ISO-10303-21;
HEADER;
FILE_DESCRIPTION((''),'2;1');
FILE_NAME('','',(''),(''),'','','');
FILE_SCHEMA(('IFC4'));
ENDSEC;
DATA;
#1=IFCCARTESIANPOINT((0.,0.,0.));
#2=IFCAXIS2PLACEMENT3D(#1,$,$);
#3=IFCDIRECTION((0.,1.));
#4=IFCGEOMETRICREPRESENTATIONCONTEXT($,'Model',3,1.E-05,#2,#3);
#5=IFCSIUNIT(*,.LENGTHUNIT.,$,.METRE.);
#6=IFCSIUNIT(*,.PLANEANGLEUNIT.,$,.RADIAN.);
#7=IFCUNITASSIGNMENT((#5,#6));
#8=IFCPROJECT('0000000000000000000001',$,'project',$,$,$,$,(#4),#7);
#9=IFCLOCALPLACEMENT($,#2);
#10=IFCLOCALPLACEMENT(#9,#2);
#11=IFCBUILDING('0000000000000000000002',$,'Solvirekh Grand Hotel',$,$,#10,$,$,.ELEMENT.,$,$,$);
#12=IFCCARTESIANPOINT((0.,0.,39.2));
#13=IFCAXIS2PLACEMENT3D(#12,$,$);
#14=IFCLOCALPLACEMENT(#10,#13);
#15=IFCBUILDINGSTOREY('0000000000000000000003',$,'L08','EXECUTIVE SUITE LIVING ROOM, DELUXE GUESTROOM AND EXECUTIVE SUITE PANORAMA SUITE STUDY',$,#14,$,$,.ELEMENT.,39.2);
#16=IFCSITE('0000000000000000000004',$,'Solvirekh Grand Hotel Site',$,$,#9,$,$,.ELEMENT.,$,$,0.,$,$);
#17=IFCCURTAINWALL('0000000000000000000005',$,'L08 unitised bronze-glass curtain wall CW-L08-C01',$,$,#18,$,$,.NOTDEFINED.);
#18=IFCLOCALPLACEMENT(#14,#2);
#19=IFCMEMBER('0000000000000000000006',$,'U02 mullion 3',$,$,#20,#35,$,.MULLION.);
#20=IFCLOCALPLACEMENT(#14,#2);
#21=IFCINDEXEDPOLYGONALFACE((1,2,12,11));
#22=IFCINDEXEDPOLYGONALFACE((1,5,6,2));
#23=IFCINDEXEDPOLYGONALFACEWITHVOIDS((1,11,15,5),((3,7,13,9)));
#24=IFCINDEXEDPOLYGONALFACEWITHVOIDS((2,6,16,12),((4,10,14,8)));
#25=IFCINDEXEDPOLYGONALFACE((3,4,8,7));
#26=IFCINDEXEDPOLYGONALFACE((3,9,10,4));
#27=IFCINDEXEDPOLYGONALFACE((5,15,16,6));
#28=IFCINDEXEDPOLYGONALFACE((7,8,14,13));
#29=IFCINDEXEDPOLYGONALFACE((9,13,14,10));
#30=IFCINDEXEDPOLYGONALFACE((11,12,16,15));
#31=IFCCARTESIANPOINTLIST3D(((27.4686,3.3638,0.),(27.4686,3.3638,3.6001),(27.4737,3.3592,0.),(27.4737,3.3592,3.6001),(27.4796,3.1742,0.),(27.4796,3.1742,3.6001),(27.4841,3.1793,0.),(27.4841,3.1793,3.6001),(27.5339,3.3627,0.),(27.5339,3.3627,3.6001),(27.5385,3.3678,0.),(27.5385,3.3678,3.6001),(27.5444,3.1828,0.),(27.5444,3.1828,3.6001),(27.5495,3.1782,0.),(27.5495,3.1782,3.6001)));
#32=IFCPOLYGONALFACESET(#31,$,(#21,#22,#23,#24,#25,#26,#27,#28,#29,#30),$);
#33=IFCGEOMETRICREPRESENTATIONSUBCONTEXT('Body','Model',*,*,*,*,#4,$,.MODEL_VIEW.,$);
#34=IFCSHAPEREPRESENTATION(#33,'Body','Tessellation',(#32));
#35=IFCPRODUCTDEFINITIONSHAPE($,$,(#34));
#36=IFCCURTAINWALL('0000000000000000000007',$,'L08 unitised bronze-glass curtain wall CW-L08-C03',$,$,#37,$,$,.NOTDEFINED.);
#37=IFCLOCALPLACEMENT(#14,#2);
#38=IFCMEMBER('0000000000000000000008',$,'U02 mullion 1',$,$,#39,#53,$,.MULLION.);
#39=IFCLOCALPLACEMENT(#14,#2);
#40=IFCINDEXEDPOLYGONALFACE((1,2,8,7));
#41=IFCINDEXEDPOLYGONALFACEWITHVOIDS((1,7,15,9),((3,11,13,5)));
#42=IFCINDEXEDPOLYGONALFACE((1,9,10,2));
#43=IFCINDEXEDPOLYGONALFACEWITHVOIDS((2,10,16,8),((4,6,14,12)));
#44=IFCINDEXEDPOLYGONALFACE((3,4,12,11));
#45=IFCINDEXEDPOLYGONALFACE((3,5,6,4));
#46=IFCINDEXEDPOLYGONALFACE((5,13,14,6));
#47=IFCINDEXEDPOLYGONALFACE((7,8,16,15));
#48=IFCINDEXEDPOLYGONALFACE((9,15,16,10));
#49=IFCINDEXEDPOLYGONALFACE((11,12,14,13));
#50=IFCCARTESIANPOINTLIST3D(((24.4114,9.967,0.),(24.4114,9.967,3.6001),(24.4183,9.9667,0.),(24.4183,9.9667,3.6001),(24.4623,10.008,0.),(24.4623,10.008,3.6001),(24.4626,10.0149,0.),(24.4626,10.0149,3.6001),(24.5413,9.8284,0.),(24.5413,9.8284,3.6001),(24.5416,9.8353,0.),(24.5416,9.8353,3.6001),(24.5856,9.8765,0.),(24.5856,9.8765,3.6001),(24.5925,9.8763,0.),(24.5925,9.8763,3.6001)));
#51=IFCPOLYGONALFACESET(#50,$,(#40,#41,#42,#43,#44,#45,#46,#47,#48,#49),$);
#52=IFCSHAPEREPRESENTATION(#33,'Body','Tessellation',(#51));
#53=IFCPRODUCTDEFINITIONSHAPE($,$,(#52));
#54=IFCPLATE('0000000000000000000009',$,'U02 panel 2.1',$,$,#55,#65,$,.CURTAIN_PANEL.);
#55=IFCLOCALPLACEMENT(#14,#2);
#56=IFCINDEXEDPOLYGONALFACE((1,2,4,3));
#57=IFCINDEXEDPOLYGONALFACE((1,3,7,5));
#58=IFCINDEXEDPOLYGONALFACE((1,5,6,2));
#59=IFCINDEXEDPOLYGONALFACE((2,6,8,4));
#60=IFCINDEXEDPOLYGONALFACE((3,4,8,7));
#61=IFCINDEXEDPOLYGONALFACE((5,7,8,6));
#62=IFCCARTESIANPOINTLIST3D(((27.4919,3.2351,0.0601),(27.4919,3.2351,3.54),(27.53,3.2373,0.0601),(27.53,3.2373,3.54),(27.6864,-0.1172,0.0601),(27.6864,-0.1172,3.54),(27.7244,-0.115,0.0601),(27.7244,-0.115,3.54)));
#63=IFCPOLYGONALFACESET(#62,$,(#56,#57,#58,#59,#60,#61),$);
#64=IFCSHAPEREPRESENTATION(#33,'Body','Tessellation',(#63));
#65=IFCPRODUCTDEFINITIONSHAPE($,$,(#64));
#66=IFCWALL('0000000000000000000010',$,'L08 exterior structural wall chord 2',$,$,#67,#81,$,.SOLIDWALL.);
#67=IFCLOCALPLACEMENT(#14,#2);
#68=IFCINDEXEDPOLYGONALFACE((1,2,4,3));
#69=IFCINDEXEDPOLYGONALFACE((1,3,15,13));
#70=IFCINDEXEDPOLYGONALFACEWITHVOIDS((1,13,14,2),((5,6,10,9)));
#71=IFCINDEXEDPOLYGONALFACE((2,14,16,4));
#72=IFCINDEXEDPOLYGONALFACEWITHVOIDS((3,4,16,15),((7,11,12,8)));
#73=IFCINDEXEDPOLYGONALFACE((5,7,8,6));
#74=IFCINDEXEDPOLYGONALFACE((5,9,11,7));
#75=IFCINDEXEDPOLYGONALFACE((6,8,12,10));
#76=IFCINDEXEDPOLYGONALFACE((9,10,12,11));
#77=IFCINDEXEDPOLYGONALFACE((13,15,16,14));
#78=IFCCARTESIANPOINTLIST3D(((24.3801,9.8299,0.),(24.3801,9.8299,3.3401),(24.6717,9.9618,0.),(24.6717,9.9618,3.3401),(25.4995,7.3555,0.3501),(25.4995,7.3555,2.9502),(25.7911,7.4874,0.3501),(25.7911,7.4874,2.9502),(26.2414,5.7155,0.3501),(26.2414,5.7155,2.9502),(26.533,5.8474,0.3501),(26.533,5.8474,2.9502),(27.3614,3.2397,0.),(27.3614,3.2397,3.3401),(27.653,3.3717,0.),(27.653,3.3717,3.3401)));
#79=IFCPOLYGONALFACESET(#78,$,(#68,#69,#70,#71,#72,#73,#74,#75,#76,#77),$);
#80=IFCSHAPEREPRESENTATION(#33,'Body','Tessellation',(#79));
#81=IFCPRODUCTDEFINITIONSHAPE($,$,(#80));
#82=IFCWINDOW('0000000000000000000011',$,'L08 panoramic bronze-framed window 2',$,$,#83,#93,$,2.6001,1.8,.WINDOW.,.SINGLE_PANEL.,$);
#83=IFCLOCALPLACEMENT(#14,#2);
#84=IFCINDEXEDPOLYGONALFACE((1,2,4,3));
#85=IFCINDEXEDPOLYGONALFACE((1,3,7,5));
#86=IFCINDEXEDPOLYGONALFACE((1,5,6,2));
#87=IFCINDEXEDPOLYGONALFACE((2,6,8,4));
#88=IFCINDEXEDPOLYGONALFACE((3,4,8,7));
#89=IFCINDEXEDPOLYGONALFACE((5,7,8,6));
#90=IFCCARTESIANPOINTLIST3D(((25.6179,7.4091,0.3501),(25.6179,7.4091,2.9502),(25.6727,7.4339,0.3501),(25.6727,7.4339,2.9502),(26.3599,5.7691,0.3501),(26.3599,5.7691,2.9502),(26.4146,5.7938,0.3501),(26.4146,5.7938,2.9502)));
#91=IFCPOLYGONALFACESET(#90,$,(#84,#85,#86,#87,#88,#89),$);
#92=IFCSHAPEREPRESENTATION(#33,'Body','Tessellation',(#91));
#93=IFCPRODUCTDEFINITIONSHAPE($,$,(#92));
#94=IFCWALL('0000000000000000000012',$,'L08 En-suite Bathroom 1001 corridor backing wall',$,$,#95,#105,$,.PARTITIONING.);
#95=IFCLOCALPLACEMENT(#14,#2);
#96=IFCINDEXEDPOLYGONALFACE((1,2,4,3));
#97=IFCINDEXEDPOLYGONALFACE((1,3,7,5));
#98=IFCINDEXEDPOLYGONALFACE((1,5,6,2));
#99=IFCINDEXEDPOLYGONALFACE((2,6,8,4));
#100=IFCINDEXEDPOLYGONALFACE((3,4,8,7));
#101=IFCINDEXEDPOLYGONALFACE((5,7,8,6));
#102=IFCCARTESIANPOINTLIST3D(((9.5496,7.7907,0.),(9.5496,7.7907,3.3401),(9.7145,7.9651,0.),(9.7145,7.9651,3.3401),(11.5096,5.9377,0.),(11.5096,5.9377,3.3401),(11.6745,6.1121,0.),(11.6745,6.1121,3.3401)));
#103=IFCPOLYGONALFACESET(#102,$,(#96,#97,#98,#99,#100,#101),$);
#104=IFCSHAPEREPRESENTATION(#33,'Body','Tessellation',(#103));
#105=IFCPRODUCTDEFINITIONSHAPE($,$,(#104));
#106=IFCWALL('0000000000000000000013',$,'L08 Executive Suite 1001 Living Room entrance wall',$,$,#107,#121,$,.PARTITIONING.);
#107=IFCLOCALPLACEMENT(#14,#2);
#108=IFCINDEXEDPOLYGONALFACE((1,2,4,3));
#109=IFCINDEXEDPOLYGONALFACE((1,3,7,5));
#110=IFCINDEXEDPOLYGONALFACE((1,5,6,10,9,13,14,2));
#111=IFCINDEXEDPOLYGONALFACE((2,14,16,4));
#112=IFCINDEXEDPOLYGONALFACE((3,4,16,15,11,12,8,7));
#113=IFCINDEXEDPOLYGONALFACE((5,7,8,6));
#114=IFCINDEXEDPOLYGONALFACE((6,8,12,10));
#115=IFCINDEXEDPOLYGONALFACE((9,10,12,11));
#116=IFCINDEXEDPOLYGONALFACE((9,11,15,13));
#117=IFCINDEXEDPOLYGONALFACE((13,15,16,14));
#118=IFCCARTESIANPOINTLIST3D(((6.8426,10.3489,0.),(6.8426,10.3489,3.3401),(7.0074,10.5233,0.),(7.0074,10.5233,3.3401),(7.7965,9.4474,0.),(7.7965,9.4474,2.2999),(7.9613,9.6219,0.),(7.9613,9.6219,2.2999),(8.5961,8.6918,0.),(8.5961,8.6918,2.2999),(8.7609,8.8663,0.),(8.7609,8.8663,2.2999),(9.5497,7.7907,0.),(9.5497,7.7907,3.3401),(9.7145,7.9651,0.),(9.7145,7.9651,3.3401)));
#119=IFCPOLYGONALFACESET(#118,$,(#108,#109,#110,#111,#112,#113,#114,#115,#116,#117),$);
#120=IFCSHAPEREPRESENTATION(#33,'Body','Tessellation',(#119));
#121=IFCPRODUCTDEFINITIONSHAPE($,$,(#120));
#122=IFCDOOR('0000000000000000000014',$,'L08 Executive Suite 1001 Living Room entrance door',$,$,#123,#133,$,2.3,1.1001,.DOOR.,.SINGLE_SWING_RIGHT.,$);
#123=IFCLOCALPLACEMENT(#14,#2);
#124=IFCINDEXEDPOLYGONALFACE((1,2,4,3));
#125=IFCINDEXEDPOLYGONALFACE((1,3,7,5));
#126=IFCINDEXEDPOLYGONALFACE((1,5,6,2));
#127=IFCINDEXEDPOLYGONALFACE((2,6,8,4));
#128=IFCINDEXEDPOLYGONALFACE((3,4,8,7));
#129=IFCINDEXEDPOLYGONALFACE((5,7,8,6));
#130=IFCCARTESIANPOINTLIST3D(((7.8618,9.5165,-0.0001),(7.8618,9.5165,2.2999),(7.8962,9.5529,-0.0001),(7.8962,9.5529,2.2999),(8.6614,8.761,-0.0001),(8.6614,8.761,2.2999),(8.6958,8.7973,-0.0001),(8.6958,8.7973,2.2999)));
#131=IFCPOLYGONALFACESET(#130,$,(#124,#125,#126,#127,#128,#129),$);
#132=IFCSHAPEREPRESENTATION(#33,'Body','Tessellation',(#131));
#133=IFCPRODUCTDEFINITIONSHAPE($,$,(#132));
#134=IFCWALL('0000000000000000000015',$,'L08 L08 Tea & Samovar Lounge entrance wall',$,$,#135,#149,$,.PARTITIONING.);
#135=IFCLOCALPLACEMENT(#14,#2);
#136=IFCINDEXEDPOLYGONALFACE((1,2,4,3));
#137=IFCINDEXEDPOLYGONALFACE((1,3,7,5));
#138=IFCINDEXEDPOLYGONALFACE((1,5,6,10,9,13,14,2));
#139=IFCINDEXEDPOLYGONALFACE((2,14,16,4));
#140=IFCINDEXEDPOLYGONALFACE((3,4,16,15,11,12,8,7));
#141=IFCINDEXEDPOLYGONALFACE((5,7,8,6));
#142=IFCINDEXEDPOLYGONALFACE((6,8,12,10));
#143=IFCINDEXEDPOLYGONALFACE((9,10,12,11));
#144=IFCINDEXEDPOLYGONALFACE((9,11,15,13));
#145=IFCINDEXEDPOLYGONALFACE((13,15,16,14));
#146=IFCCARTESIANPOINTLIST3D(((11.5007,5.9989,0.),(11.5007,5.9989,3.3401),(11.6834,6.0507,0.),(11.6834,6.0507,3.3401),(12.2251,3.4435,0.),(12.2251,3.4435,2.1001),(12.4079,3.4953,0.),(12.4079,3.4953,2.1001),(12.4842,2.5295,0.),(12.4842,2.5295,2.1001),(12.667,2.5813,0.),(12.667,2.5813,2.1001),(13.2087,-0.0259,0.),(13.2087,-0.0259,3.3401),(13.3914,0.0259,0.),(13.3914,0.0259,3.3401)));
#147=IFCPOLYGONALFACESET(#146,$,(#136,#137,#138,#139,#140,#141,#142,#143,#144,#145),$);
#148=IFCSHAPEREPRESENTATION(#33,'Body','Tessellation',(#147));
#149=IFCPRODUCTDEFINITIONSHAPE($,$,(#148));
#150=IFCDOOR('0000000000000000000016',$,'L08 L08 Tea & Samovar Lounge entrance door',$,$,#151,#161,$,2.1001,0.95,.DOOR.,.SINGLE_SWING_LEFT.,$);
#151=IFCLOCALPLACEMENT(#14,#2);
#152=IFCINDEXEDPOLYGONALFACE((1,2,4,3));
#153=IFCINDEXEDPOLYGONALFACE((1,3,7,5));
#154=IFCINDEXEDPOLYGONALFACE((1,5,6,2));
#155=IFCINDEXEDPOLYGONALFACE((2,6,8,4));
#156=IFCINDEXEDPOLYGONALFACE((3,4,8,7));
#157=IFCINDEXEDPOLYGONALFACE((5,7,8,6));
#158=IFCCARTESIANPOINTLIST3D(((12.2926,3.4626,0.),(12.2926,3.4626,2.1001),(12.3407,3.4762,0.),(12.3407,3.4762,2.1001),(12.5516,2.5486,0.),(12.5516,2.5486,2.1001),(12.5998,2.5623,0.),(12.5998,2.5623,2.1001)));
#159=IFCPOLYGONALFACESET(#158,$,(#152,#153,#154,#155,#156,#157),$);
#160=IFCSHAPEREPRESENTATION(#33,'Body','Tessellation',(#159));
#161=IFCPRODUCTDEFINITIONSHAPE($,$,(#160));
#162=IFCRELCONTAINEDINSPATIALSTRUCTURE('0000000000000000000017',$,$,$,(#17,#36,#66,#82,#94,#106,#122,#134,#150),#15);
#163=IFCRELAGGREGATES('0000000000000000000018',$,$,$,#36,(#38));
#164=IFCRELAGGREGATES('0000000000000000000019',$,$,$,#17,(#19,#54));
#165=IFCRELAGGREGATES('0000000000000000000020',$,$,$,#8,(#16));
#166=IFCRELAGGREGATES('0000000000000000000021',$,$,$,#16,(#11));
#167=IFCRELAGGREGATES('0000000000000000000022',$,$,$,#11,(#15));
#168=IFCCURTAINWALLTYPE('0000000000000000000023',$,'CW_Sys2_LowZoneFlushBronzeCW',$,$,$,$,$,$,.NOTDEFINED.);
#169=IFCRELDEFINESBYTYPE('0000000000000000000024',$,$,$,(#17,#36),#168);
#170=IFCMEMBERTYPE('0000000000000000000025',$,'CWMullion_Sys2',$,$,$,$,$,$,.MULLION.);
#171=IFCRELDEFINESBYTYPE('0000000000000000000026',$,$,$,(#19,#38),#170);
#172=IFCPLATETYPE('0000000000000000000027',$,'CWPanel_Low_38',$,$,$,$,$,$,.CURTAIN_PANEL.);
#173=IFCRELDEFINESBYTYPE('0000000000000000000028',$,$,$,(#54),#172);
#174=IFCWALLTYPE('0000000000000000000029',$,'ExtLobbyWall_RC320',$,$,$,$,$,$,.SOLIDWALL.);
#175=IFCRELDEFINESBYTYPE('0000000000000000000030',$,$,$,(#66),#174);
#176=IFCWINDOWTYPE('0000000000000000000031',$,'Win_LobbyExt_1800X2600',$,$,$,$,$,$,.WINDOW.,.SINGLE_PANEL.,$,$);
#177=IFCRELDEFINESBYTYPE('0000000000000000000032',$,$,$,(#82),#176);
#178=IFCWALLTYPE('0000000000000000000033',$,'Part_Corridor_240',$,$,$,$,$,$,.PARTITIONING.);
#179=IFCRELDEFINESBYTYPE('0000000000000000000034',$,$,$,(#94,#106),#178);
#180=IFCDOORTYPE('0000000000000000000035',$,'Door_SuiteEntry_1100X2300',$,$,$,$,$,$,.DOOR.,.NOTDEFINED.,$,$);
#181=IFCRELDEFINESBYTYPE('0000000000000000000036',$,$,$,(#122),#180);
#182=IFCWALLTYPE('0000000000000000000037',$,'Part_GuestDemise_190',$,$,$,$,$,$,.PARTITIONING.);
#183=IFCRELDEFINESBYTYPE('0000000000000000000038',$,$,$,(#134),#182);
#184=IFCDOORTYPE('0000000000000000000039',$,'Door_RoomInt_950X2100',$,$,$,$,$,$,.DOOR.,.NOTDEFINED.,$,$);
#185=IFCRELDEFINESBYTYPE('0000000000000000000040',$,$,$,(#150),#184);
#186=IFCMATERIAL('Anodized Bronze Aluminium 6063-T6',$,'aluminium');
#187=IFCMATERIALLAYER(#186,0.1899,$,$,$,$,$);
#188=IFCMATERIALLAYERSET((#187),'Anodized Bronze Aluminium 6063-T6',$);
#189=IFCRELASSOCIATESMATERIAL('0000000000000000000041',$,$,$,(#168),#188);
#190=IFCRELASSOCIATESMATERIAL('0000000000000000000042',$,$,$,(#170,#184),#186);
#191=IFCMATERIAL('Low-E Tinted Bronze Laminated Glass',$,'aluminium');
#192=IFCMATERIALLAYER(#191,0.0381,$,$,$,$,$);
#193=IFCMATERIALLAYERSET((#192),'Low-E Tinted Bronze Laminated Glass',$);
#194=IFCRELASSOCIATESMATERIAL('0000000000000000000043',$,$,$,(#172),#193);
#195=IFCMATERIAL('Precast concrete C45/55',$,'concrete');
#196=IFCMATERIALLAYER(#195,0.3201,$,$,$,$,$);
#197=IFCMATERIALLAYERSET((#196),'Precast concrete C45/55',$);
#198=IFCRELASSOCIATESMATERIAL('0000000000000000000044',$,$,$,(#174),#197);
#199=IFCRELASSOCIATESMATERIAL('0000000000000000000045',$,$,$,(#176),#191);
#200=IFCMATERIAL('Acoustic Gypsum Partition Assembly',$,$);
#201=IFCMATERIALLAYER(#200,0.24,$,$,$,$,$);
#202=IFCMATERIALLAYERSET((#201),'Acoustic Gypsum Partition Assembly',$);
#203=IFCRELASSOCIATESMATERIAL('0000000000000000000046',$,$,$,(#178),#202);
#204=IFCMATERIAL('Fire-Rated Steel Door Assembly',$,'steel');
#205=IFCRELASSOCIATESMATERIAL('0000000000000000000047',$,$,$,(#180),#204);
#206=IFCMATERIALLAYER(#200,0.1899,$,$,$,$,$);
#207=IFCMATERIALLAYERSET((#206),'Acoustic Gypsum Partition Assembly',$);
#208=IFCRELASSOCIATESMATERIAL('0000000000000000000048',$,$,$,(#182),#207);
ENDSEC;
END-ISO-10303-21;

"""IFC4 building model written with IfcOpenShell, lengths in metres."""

from ifc_helpers import new_model, si_unit, direction, frame, frame_2d, origin, origin_2d, place, context, subcontext, project, spatial, rectangle, hollow_rectangle, extrude, source, transform, mapped, material, layer, layer_set, material_profile, profile_set, type_object, element, fill, aggregate, save


model = new_model("IFC4")

# Units and contexts
model_context = context("Model", 3, precision=1e-05, world=origin(), true_north=direction((0.0, 1.0)))
body_context = subcontext(model_context, "Body", "Model", "MODEL_VIEW")
ifc_project = project(units=[si_unit("LENGTHUNIT", "METRE"), si_unit("PLANEANGLEUNIT", "RADIAN")], contexts=[model_context])

# Site, building, storey
site_placement = place(None, origin())
site = spatial("IfcSite", under=ifc_project, at=site_placement, Name="Solvirekh Grand Hotel Site", CompositionType="ELEMENT", RefElevation=0.0)
building_placement = place(site_placement, origin())
building = spatial("IfcBuilding", under=site, at=building_placement, Name="Solvirekh Grand Hotel", CompositionType="ELEMENT")
storey_placement = place(building_placement, frame((0.0, 0.0, 39.2)))
storey = spatial("IfcBuildingStorey", under=building, at=storey_placement, Name="L08", Description="EXECUTIVE SUITE LIVING ROOM, DELUXE GUESTROOM AND EXECUTIVE SUITE PANORAMA SUITE STUDY", CompositionType="ELEMENT", Elevation=39.2)

# Curtain walls, members
ifc_material_1 = material(Name="Anodized Bronze Aluminium 6063-T6", Category="aluminium")
ifc_layer_1 = layer(ifc_material_1, 0.1899)
ifc_layer_set_1 = layer_set([ifc_layer_1], Name="Anodized Bronze Aluminium 6063-T6")
curtain_wall_type = type_object("IfcCurtainWallType", Name="CW_Sys2_LowZoneFlushBronzeCW", PredefinedType="NOTDEFINED", material=ifc_layer_set_1)
curtain_wall_1_placement = place(storey_placement, origin())
curtain_wall_1 = element("IfcCurtainWall", 1, at=curtain_wall_1_placement, inside=storey, type_object=curtain_wall_type, Name="L08 unitised bronze-glass curtain wall CW-L08-C01", PredefinedType="NOTDEFINED")
ifc_material_profile_1 = material_profile(ifc_material_1, hollow_rectangle(XDim=0.0701, YDim=0.1899, WallThickness=0.0049, at=origin_2d()), Name="ALU RHS 190X70X5")
ifc_profile_set_1 = profile_set([ifc_material_profile_1], Name="Anodized Bronze Aluminium 6063-T6")
member_type = type_object("IfcMemberType", Name="CWMullion_Sys2", PredefinedType="MULLION", material=ifc_profile_set_1)
shared_shape_1 = source(origin(), body_context, "Body", "SweptSolid", [
    extrude(hollow_rectangle(XDim=0.0701, YDim=0.1899, WallThickness=0.0049, at=origin_2d()), origin(), (0.0, 0.0, 1.0), 3.6001),
])
member_1_placement = place(storey_placement, frame((27.509, 3.271, 0.0), z_axis=(0.0, 0.0, 1.0), x_axis=(-0.998322, -0.057901, 0.0)))
member_1 = element("IfcMember", 2, at=member_1_placement, type_object=member_type, Name="U02 mullion 3", PredefinedType="MULLION", context=body_context, shape_type="MappedRepresentation", body=[
    mapped(shared_shape_1, transform((0.0, 0.0, 0.0), x_axis=(1.0, 0.0, 0.0), y_axis=(0.0, 1.0, 0.0), z_axis=(0.0, 0.0, 1.0), scale=1.0)),
])
curtain_wall_2_placement = place(storey_placement, origin())
curtain_wall_2 = element("IfcCurtainWall", 3, at=curtain_wall_2_placement, inside=storey, type_object=curtain_wall_type, Name="L08 unitised bronze-glass curtain wall CW-L08-C03", PredefinedType="NOTDEFINED")
member_2_placement = place(storey_placement, frame((24.502, 9.9216, 0.0), z_axis=(0.0, 0.0, 1.0), x_axis=(-0.729578, -0.683898, 0.0)))
member_2 = element("IfcMember", 4, at=member_2_placement, type_object=member_type, Name="U02 mullion 1", PredefinedType="MULLION", context=body_context, shape_type="MappedRepresentation", body=[
    mapped(shared_shape_1, transform((0.0, 0.0, 0.0), x_axis=(1.0, 0.0, 0.0), y_axis=(0.0, 1.0, 0.0), z_axis=(0.0, 0.0, 1.0), scale=1.0)),
])
aggregate(curtain_wall_2, [member_2])

# Plate
ifc_material_2 = material(Name="Low-E Tinted Bronze Laminated Glass", Category="aluminium")
ifc_layer_2 = layer(ifc_material_2, 0.0381)
ifc_layer_set_2 = layer_set([ifc_layer_2], Name="Low-E Tinted Bronze Laminated Glass")
plate_type = type_object("IfcPlateType", Name="CWPanel_Low_38", PredefinedType="CURTAIN_PANEL", material=ifc_layer_set_2)
shared_shape_2 = source(origin(), body_context, "Body", "SweptSolid", [
    extrude(rectangle(XDim=3.3579, YDim=0.0381, at=origin_2d()), origin(), (0.0, 0.0, 1.0), 3.48),
])
plate_placement = place(storey_placement, frame((27.6082, 1.5601, 0.0601), z_axis=(0.0, 0.0, 1.0), x_axis=(-0.057901, 0.998322, 0.0)))
plate = element("IfcPlate", 5, at=plate_placement, type_object=plate_type, Name="U02 panel 2.1", PredefinedType="CURTAIN_PANEL", context=body_context, shape_type="MappedRepresentation", body=[
    mapped(shared_shape_2, transform((0.0, 0.0, 0.0), x_axis=(1.0, 0.0, 0.0), y_axis=(0.0, 1.0, 0.0), z_axis=(0.0, 0.0, 1.0), scale=1.0)),
])
aggregate(curtain_wall_1, [member_1, plate])

# Wall, opening, window
ifc_material_3 = material(Name="Precast concrete C45/55", Category="concrete")
ifc_layer_3 = layer(ifc_material_3, 0.3201)
ifc_layer_set_3 = layer_set([ifc_layer_3], Name="Precast concrete C45/55")
wall_type_1 = type_object("IfcWallType", Name="ExtLobbyWall_RC320", PredefinedType="SOLIDWALL", material=ifc_layer_set_3)
wall_1_placement = place(storey_placement, frame((24.5259, 9.896, 0.0), z_axis=(0.0, 0.0, 1.0), x_axis=(0.412165, -0.911109, 0.0)))
wall_1 = element("IfcWall", 6, at=wall_1_placement, inside=storey, type_object=wall_type_1, Name="L08 exterior structural wall chord 2", PredefinedType="SOLIDWALL", context=body_context, shape_type="SweptSolid", body=[
    extrude(rectangle(XDim=7.2332, YDim=0.3201, at=frame_2d((3.6167, 0.0))), origin(), (0.0, 0.0, 1.0), 3.3401),
])
opening_1_placement = place(wall_1_placement, frame((2.7161, 0.0, 0.3501)))
opening_1 = element("IfcOpeningElement", 7, at=opening_1_placement, cuts=wall_1, PredefinedType="OPENING", context=body_context, shape_type="SweptSolid", body=[
    extrude(rectangle(XDim=1.8, YDim=2.6001, at=frame_2d((0.8999, 1.3))), frame((0.0, 0.1699, 0.0), z_axis=(0.0, -1.0, 0.0), x_axis=(1.0, 0.0, 0.0)), (0.0, 0.0, 1.0), 0.3401),
])
window_type = type_object("IfcWindowType", Name="Win_LobbyExt_1800X2600", PartitioningType="SINGLE_PANEL", PredefinedType="WINDOW", material=ifc_material_2)
window_placement = place(opening_1_placement, origin())
window = element("IfcWindow", 8, at=window_placement, inside=storey, type_object=window_type, Name="L08 panoramic bronze-framed window 2", OverallHeight=2.6001, OverallWidth=1.8, PartitioningType="SINGLE_PANEL", PredefinedType="WINDOW", context=body_context, shape_type="SweptSolid", body=[
    extrude(rectangle(XDim=1.8, YDim=2.6001, at=frame_2d((0.8999, 1.3))), frame((0.0, 0.03, 0.0), z_axis=(0.0, -1.0, 0.0), x_axis=(1.0, 0.0, 0.0)), (0.0, 0.0, 1.0), 0.0601),
])
fill(opening_1, window)

# Wall
ifc_material_4 = material(Name="Acoustic Gypsum Partition Assembly")
ifc_layer_4 = layer(ifc_material_4, 0.24)
ifc_layer_set_4 = layer_set([ifc_layer_4], Name="Acoustic Gypsum Partition Assembly")
wall_type_2 = type_object("IfcWallType", Name="Part_Corridor_240", PredefinedType="PARTITIONING", material=ifc_layer_set_4)
wall_2_placement = place(storey_placement, frame((11.592, 6.0249, 0.0), z_axis=(0.0, 0.0, 1.0), x_axis=(-0.726652, 0.687006, 0.0)))
element("IfcWall", 9, at=wall_2_placement, inside=storey, type_object=wall_type_2, Name="L08 En-suite Bathroom 1001 corridor backing wall", PredefinedType="PARTITIONING", context=body_context, shape_type="SweptSolid", body=[
    extrude(rectangle(XDim=2.6973, YDim=0.24, at=frame_2d((1.3486, 0.0))), origin(), (0.0, 0.0, 1.0), 3.3401),
])

# Walls, openings, doors
wall_3_placement = place(storey_placement, frame((9.6321, 7.8779, 0.0), z_axis=(0.0, 0.0, 1.0), x_axis=(-0.726817, 0.686831, 0.0)))
wall_3 = element("IfcWall", 10, at=wall_3_placement, inside=storey, type_object=wall_type_2, Name="L08 Executive Suite 1001 Living Room entrance wall", PredefinedType="PARTITIONING", context=body_context, shape_type="SweptSolid", body=[
    extrude(rectangle(XDim=3.7246, YDim=0.24, at=frame_2d((1.8623, 0.0))), origin(), (0.0, 0.0, 1.0), 3.3401),
])
opening_2_placement = place(wall_3_placement, frame((1.312, 0.0, 0.0)))
opening_2 = element("IfcOpeningElement", 11, at=opening_2_placement, cuts=wall_3, PredefinedType="OPENING", context=body_context, shape_type="SweptSolid", body=[
    extrude(rectangle(XDim=1.1001, YDim=2.3, at=frame_2d((0.55, 1.1499))), frame((0.0, 0.1299, 0.0), z_axis=(0.0, -1.0, 0.0), x_axis=(1.0, 0.0, 0.0)), (0.0, 0.0, 1.0), 0.26),
])
ifc_material_5 = material(Name="Fire-Rated Steel Door Assembly", Category="steel")
door_type_1 = type_object("IfcDoorType", Name="Door_SuiteEntry_1100X2300", OperationType="NOTDEFINED", PredefinedType="DOOR", material=ifc_material_5)
door_1_placement = place(opening_2_placement, origin())
door_1 = element("IfcDoor", 12, at=door_1_placement, inside=storey, type_object=door_type_1, Name="L08 Executive Suite 1001 Living Room entrance door", OperationType="SINGLE_SWING_RIGHT", OverallHeight=2.3, OverallWidth=1.1001, PredefinedType="DOOR", context=body_context, shape_type="SweptSolid", body=[
    extrude(rectangle(XDim=1.1001, YDim=2.3, at=frame_2d((0.55, 1.1499))), frame((0.0, 0.0249, 0.0), z_axis=(0.0, -1.0, 0.0), x_axis=(1.0, 0.0, 0.0)), (0.0, 0.0, 1.0), 0.05),
])
fill(opening_2, door_1)
ifc_layer_5 = layer(ifc_material_4, 0.1899)
ifc_layer_set_5 = layer_set([ifc_layer_5], Name="Acoustic Gypsum Partition Assembly")
wall_type_3 = type_object("IfcWallType", Name="Part_GuestDemise_190", PredefinedType="PARTITIONING", material=ifc_layer_set_5)
wall_4_placement = place(storey_placement, frame((13.3, 0.0, 0.0), z_axis=(0.0, 0.0, 1.0), x_axis=(-0.272743, 0.962087, 0.0)))
wall_4 = element("IfcWall", 13, at=wall_4_placement, inside=storey, type_object=wall_type_3, Name="L08 L08 Tea & Samovar Lounge entrance wall", PredefinedType="PARTITIONING", context=body_context, shape_type="SweptSolid", body=[
    extrude(rectangle(XDim=6.2622, YDim=0.1899, at=frame_2d((3.1311, 0.0))), origin(), (0.0, 0.0, 1.0), 3.3401),
])
opening_3_placement = place(wall_4_placement, frame((2.656, 0.0, 0.0)))
opening_3 = element("IfcOpeningElement", 14, at=opening_3_placement, cuts=wall_4, PredefinedType="OPENING", context=body_context, shape_type="SweptSolid", body=[
    extrude(rectangle(XDim=0.95, YDim=2.1001, at=frame_2d((0.4751, 1.05))), frame((0.0, 0.105, 0.0), z_axis=(0.0, -1.0, 0.0), x_axis=(1.0, 0.0, 0.0)), (0.0, 0.0, 1.0), 0.21),
])
door_type_2 = type_object("IfcDoorType", Name="Door_RoomInt_950X2100", OperationType="NOTDEFINED", PredefinedType="DOOR", material=ifc_material_1)
door_2_placement = place(opening_3_placement, origin())
door_2 = element("IfcDoor", 15, at=door_2_placement, inside=storey, type_object=door_type_2, Name="L08 L08 Tea & Samovar Lounge entrance door", OperationType="SINGLE_SWING_LEFT", OverallHeight=2.1001, OverallWidth=0.95, PredefinedType="DOOR", context=body_context, shape_type="SweptSolid", body=[
    extrude(rectangle(XDim=0.95, YDim=2.1001, at=frame_2d((0.4751, 1.05))), frame((0.0, 0.0249, 0.0), z_axis=(0.0, -1.0, 0.0), x_axis=(1.0, 0.0, 0.0)), (0.0, 0.0, 1.0), 0.05),
])
fill(opening_3, door_2)

save(model, "model.ifc")
